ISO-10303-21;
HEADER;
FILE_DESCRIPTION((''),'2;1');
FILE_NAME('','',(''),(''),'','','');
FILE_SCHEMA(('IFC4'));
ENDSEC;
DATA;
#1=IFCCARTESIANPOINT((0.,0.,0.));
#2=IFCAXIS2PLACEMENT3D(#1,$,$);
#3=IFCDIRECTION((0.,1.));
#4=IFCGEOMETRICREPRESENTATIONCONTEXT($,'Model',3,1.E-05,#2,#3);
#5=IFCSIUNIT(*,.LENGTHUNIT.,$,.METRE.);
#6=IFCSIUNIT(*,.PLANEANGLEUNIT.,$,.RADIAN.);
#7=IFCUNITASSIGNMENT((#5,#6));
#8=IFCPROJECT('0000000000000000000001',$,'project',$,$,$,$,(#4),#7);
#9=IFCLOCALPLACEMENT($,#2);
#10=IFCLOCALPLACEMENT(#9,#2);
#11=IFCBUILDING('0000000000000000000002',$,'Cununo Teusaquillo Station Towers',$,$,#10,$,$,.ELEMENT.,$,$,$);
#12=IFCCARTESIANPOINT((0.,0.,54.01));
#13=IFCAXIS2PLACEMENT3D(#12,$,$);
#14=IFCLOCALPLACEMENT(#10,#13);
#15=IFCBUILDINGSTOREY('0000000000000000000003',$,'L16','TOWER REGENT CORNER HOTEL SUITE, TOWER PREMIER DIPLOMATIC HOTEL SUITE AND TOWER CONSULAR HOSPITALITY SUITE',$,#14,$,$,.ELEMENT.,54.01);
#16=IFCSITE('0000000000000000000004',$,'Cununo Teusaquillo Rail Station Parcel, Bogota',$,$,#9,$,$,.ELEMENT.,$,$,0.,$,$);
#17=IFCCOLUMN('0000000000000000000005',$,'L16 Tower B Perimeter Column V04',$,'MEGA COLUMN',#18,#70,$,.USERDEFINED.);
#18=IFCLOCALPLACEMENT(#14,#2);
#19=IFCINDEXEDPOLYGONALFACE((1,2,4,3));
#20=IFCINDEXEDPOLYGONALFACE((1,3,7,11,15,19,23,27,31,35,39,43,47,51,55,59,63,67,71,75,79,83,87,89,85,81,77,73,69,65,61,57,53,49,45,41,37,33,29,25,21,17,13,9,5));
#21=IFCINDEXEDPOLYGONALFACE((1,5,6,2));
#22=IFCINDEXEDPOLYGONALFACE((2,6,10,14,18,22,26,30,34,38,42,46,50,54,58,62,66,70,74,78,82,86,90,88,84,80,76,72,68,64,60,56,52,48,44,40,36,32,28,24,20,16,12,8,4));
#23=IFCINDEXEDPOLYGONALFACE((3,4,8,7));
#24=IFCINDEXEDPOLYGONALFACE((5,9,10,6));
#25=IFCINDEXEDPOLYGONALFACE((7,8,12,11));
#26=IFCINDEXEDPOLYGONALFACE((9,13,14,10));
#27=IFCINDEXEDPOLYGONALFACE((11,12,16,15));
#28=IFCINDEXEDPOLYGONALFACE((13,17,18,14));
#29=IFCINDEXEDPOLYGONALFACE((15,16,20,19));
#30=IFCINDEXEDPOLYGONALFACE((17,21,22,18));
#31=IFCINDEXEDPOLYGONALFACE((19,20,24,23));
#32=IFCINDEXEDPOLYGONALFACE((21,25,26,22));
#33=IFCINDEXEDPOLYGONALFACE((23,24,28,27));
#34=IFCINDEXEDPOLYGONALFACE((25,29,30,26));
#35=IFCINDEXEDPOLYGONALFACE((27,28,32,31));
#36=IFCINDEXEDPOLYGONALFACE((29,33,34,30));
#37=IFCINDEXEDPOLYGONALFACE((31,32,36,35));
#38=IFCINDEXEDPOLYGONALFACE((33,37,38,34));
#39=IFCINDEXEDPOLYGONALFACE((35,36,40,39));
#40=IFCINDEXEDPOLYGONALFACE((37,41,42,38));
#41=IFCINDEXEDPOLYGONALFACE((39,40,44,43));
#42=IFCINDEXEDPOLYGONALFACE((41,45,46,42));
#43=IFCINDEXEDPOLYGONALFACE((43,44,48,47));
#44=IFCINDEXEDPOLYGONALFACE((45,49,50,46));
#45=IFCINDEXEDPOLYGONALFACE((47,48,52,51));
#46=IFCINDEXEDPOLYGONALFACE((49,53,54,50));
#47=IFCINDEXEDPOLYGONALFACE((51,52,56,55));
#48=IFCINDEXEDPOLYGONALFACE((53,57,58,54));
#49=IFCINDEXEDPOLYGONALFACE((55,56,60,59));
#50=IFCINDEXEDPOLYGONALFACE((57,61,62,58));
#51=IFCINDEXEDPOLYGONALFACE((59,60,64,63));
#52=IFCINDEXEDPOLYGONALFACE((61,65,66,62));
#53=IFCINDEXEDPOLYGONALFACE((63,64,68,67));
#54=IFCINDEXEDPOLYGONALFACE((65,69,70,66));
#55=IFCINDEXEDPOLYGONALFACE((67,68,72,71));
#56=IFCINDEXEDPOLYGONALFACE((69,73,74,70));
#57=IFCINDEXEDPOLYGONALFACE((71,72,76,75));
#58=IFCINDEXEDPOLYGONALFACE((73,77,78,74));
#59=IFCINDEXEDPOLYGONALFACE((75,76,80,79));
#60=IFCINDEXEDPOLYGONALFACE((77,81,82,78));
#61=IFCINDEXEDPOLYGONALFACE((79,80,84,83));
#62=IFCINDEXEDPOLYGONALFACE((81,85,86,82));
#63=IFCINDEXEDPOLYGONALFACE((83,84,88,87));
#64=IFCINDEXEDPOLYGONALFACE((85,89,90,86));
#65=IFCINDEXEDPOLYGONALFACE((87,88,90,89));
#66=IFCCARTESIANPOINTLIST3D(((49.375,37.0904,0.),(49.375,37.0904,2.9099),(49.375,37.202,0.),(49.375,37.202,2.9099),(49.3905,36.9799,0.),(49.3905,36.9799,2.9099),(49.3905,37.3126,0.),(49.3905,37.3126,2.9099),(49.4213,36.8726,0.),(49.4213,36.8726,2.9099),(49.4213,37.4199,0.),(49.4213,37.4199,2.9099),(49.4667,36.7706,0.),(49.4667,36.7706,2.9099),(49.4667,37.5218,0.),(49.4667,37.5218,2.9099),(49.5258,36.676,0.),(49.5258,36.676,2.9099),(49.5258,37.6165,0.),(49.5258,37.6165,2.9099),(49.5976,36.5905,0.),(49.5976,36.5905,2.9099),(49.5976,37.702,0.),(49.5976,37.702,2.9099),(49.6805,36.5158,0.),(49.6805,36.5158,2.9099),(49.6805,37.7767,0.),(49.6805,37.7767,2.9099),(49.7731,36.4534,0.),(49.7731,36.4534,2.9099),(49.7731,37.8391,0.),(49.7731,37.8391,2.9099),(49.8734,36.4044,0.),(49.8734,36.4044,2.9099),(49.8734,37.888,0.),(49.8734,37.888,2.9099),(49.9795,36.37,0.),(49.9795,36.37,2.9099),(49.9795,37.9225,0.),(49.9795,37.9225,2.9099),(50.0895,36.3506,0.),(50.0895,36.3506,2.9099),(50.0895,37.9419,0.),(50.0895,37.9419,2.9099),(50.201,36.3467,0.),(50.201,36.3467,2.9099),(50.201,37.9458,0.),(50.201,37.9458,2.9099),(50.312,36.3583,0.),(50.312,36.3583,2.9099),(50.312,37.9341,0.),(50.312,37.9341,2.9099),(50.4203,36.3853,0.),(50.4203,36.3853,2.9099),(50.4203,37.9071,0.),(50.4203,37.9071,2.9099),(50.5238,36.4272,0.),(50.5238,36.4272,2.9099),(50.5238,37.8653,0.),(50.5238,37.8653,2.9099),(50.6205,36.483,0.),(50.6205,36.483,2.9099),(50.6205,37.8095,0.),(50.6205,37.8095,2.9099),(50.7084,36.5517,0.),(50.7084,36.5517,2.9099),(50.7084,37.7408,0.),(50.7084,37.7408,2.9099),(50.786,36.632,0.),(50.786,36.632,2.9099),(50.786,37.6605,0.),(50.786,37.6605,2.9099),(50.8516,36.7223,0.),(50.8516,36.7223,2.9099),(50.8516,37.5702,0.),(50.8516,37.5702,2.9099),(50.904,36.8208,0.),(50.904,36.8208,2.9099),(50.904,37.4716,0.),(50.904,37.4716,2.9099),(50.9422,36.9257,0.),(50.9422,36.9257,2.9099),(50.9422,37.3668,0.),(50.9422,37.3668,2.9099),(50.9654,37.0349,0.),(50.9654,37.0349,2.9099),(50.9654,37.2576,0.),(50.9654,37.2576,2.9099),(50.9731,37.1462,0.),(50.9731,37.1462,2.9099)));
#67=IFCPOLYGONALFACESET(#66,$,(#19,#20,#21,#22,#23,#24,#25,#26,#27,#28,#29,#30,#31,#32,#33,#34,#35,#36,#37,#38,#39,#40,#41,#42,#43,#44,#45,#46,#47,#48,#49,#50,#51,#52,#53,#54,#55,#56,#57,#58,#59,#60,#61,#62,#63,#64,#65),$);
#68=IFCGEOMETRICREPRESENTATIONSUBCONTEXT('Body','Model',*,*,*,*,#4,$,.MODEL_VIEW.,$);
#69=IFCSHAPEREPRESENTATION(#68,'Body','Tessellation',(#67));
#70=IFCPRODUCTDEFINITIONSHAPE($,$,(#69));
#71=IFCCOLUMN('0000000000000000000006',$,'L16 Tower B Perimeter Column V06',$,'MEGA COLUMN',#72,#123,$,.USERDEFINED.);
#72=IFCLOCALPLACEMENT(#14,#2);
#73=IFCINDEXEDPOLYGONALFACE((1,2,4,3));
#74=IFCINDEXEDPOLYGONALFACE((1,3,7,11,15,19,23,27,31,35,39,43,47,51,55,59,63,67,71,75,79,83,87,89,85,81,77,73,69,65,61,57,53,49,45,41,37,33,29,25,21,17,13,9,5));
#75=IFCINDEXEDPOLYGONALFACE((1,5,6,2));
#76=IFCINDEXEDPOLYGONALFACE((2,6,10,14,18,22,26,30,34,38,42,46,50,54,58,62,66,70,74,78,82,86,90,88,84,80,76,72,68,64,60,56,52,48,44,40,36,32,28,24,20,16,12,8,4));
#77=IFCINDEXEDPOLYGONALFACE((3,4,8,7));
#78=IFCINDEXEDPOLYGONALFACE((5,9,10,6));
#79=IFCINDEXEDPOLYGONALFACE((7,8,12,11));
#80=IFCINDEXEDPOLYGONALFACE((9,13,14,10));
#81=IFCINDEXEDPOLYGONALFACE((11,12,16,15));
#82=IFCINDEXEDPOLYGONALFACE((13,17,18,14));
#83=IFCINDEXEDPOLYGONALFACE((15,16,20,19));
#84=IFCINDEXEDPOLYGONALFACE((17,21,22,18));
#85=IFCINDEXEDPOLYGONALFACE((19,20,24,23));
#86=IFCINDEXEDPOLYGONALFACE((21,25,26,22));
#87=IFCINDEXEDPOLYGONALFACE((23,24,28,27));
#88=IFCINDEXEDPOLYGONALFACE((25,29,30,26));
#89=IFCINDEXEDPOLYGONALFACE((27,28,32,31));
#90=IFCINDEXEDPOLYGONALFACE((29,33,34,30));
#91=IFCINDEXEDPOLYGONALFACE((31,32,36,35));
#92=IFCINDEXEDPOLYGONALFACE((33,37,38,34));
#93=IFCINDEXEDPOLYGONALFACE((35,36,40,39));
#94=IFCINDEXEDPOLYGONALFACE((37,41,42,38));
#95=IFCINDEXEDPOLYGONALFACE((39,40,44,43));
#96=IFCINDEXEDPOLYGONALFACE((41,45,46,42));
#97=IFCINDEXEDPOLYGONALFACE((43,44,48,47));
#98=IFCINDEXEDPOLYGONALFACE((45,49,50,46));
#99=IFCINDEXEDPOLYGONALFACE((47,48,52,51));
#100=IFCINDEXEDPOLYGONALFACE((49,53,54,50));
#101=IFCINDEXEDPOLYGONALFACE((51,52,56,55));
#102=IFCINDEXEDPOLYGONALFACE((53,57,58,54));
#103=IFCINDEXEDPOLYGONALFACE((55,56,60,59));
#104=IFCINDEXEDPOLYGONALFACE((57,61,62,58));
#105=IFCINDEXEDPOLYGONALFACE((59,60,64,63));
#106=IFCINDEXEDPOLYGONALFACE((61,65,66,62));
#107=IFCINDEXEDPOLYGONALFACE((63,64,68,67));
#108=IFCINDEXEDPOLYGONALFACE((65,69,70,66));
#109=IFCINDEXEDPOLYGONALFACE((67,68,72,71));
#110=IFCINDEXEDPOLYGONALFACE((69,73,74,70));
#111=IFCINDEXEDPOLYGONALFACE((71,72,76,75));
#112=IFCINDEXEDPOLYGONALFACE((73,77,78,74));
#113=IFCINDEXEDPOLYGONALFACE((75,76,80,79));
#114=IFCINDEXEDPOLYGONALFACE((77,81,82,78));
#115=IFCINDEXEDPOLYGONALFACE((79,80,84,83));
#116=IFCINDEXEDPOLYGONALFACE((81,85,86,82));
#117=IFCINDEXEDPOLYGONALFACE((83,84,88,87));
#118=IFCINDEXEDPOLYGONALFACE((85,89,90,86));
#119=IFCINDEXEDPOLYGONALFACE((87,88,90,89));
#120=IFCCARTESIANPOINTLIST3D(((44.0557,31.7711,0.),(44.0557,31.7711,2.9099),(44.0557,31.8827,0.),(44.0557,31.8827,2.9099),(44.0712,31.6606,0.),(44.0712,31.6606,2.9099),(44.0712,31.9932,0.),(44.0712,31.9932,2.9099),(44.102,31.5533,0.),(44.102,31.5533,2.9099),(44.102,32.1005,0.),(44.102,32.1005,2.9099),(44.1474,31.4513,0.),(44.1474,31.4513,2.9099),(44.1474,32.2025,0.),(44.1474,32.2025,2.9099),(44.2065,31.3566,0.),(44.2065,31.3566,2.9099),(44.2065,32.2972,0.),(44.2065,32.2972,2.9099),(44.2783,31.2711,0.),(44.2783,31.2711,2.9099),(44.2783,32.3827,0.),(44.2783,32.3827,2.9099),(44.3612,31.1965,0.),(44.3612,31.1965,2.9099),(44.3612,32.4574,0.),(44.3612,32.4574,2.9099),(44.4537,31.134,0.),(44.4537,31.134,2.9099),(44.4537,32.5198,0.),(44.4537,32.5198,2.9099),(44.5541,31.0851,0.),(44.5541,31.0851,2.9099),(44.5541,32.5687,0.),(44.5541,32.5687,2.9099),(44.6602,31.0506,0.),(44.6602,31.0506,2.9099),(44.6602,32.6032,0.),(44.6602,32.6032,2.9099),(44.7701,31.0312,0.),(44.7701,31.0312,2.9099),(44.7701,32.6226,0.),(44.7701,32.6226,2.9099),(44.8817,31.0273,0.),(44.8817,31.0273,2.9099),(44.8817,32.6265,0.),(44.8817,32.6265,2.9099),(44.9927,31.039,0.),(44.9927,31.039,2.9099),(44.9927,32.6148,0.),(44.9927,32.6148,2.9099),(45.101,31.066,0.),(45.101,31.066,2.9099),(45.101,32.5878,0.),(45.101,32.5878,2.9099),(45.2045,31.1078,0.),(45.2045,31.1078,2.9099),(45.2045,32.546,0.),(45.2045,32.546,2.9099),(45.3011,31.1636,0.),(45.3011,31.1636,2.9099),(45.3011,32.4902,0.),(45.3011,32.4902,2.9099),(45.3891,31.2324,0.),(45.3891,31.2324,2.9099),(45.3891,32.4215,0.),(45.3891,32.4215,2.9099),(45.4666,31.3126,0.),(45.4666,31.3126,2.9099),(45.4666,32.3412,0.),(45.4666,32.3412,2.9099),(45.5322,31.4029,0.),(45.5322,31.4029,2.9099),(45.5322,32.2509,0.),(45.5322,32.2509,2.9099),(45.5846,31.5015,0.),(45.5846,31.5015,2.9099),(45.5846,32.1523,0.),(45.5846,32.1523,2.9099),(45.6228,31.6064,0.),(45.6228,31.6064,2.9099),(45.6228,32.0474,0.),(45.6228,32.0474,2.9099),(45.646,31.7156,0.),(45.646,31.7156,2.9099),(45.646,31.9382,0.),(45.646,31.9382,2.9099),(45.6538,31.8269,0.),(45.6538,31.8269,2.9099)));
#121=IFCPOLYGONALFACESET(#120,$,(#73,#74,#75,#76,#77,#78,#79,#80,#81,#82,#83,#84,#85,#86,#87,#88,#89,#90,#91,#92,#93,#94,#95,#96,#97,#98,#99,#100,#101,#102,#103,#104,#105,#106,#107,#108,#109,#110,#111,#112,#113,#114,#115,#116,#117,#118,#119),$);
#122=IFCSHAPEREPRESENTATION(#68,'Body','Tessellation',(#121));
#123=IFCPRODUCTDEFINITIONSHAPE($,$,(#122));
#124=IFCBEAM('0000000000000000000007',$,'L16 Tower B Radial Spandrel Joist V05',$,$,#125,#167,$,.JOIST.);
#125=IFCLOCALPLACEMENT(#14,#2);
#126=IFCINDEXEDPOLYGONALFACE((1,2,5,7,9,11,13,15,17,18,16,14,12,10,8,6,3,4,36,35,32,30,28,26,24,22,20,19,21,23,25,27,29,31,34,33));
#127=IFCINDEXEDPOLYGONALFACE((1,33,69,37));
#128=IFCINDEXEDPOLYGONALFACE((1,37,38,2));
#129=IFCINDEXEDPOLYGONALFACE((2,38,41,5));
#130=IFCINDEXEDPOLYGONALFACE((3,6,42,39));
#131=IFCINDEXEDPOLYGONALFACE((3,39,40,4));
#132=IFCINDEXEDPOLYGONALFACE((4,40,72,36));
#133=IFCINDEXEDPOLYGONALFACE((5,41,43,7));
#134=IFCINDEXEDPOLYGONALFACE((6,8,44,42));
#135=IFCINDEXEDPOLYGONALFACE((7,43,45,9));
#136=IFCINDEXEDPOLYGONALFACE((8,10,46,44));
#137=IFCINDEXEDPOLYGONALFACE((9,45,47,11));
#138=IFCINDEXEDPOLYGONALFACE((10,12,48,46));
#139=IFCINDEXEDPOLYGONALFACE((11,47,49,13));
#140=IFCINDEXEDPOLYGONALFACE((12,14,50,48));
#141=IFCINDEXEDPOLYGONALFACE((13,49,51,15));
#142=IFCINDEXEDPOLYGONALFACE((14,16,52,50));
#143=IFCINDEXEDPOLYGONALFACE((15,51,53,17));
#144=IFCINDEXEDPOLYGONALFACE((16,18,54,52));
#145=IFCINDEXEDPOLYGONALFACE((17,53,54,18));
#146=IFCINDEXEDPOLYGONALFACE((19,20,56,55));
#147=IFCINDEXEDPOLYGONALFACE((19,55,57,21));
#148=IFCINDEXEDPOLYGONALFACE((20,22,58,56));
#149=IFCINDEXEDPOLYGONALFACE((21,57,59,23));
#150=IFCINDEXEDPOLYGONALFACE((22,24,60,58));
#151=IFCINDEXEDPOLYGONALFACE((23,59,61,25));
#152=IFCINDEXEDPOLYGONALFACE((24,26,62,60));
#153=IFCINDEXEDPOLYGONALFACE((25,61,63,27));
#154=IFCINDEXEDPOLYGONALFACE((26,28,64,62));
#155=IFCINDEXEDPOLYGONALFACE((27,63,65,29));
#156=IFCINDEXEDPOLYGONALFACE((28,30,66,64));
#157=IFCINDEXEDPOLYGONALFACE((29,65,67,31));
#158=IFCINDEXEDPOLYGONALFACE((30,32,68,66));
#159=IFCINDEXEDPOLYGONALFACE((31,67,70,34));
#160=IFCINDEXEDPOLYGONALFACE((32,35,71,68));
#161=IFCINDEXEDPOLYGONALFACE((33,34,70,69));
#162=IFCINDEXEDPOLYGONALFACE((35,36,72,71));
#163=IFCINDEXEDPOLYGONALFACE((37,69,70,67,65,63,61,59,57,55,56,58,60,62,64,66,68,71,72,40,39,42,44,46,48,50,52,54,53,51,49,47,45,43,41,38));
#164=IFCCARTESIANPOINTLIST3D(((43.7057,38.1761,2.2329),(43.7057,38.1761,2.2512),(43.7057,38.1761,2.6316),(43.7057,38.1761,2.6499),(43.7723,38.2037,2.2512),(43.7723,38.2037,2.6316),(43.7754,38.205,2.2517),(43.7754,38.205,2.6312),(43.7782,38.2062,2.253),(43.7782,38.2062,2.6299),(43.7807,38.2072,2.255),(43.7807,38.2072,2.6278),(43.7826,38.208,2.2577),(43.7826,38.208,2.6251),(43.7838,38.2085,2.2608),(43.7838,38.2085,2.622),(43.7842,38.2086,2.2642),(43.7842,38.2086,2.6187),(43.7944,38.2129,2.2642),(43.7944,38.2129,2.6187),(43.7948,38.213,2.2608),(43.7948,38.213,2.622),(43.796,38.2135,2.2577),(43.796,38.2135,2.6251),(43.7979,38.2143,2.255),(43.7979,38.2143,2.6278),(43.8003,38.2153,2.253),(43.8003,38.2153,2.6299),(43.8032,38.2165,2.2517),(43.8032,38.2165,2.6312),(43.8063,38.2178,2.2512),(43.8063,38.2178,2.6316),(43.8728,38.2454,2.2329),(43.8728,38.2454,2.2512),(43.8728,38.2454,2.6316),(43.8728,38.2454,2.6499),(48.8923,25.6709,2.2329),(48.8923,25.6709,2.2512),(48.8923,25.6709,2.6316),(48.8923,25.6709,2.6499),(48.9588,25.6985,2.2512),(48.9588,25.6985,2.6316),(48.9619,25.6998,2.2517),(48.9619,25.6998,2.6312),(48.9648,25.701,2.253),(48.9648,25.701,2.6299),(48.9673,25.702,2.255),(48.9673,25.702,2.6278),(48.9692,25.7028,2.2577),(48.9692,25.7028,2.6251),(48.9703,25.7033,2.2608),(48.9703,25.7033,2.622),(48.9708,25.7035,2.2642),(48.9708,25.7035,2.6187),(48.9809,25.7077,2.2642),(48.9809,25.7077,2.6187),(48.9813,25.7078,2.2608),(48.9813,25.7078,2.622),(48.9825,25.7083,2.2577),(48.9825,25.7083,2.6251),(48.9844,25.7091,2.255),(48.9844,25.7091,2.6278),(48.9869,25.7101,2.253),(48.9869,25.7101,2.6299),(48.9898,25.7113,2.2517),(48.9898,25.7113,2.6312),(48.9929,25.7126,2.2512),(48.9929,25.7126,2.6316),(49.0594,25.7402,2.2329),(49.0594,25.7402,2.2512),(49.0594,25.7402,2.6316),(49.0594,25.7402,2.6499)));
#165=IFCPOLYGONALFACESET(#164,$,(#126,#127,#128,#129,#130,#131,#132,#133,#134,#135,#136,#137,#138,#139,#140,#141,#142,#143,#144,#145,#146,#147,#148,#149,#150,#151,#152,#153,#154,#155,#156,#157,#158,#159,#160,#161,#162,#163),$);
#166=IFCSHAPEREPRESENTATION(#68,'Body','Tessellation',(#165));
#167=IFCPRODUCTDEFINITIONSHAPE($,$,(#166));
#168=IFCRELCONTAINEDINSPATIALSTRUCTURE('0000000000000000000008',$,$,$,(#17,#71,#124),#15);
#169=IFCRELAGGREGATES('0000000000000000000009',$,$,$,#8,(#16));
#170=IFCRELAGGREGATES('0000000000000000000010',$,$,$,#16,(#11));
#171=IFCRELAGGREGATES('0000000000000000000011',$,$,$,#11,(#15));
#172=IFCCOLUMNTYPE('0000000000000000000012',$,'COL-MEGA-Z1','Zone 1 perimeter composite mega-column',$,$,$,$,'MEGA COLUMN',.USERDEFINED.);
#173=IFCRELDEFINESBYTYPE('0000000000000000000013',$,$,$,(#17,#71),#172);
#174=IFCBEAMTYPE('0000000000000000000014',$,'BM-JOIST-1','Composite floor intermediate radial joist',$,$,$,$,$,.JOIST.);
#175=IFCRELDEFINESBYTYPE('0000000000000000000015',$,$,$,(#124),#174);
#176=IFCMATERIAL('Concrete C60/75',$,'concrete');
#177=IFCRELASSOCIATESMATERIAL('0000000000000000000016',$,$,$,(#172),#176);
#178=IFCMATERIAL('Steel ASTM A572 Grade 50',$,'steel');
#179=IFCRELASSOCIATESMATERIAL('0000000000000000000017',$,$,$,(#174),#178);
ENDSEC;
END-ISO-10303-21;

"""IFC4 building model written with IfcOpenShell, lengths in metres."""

from ifc_helpers import new_model, si_unit, direction, frame, origin, origin_2d, place, context, subcontext, project, spatial, circle, i_section, extrude, material, material_profile, profile_set, type_object, element, save


model = new_model("IFC4")

# Units and contexts
model_context = context("Model", 3, precision=1e-05, world=origin(), true_north=direction((0.0, 1.0)))
body_context = subcontext(model_context, "Body", "Model", "MODEL_VIEW")
ifc_project = project(units=[si_unit("LENGTHUNIT", "METRE"), si_unit("PLANEANGLEUNIT", "RADIAN")], contexts=[model_context])

# Site, building, storey
site_placement = place(None, origin())
site = spatial("IfcSite", under=ifc_project, at=site_placement, Name="Cununo Teusaquillo Rail Station Parcel, Bogota", CompositionType="ELEMENT", RefElevation=0.0)
building_placement = place(site_placement, origin())
building = spatial("IfcBuilding", under=site, at=building_placement, Name="Cununo Teusaquillo Station Towers", CompositionType="ELEMENT")
storey_placement = place(building_placement, frame((0.0, 0.0, 54.01)))
storey = spatial("IfcBuildingStorey", under=building, at=storey_placement, Name="L16", Description="TOWER REGENT CORNER HOTEL SUITE, TOWER PREMIER DIPLOMATIC HOTEL SUITE AND TOWER CONSULAR HOSPITALITY SUITE", CompositionType="ELEMENT", Elevation=54.01)

# Columns
ifc_material_1 = material(Name="Concrete C60/75", Category="concrete")
ifc_material_profile_1 = material_profile(ifc_material_1, circle(Radius=0.8, at=origin_2d()), Name="RC-CIRC-1600")
ifc_profile_set_1 = profile_set([ifc_material_profile_1], Name="Concrete C60/75")
column_type = type_object("IfcColumnType", Name="COL-MEGA-Z1", Description="Zone 1 perimeter composite mega-column", ElementType="MEGA COLUMN", PredefinedType="USERDEFINED", material=ifc_profile_set_1)
for number, where, z_axis, x_axis, name in (
    (1, (50.1731, 37.1462, 0.0), (0.0, 0.0, 1.0), (1.0, 0.0, 0.0), "L16 Tower B Perimeter Column V04"),
    (2, (44.8538, 31.8269, 0.0), (0.0, 0.0, 1.0), (1.0, 0.0, 0.0), "L16 Tower B Perimeter Column V06"),
):
    element("IfcColumn", number, at=place(storey_placement, frame(where, z_axis=z_axis, x_axis=x_axis)), inside=storey, type_object=column_type, Name=name, ObjectType="MEGA COLUMN", PredefinedType="USERDEFINED", context=body_context, shape_type="SweptSolid", body=[
        extrude(circle(Radius=0.8, at=origin_2d()), origin(), (0.0, 0.0, 1.0), 2.9099),
    ])

# Beam
ifc_material_2 = material(Name="Steel ASTM A572 Grade 50", Category="steel")
ifc_material_profile_2 = material_profile(ifc_material_2, i_section(OverallWidth=0.1809, OverallDepth=0.417, WebThickness=0.011, FlangeThickness=0.0183, FilletRadius=0.0129, at=origin_2d()), Name="W16X57")
ifc_profile_set_2 = profile_set([ifc_material_profile_2], Name="Steel ASTM A572 Grade 50")
beam_type_1 = type_object("IfcBeamType", Name="BM-JOIST-1", Description="Composite floor intermediate radial joist", PredefinedType="JOIST", material=ifc_profile_set_2)
beam_1_placement = place(storey_placement, frame((48.9758, 25.7056, 2.4414), z_axis=(-0.383108, 0.923704, 0.0), x_axis=(-0.923704, -0.383108, 0.0)))
element("IfcBeam", 3, at=beam_1_placement, inside=storey, type_object=beam_type_1, Name="L16 Tower B Radial Spandrel Joist V05", PredefinedType="JOIST", context=body_context, shape_type="SweptSolid", body=[
    extrude(i_section(OverallWidth=0.1809, OverallDepth=0.417, WebThickness=0.011, FlangeThickness=0.0183, FilletRadius=0.0129, at=origin_2d()), origin(), (0.0, 0.0, 1.0), 13.5381),
])

save(model, "model.ifc")
